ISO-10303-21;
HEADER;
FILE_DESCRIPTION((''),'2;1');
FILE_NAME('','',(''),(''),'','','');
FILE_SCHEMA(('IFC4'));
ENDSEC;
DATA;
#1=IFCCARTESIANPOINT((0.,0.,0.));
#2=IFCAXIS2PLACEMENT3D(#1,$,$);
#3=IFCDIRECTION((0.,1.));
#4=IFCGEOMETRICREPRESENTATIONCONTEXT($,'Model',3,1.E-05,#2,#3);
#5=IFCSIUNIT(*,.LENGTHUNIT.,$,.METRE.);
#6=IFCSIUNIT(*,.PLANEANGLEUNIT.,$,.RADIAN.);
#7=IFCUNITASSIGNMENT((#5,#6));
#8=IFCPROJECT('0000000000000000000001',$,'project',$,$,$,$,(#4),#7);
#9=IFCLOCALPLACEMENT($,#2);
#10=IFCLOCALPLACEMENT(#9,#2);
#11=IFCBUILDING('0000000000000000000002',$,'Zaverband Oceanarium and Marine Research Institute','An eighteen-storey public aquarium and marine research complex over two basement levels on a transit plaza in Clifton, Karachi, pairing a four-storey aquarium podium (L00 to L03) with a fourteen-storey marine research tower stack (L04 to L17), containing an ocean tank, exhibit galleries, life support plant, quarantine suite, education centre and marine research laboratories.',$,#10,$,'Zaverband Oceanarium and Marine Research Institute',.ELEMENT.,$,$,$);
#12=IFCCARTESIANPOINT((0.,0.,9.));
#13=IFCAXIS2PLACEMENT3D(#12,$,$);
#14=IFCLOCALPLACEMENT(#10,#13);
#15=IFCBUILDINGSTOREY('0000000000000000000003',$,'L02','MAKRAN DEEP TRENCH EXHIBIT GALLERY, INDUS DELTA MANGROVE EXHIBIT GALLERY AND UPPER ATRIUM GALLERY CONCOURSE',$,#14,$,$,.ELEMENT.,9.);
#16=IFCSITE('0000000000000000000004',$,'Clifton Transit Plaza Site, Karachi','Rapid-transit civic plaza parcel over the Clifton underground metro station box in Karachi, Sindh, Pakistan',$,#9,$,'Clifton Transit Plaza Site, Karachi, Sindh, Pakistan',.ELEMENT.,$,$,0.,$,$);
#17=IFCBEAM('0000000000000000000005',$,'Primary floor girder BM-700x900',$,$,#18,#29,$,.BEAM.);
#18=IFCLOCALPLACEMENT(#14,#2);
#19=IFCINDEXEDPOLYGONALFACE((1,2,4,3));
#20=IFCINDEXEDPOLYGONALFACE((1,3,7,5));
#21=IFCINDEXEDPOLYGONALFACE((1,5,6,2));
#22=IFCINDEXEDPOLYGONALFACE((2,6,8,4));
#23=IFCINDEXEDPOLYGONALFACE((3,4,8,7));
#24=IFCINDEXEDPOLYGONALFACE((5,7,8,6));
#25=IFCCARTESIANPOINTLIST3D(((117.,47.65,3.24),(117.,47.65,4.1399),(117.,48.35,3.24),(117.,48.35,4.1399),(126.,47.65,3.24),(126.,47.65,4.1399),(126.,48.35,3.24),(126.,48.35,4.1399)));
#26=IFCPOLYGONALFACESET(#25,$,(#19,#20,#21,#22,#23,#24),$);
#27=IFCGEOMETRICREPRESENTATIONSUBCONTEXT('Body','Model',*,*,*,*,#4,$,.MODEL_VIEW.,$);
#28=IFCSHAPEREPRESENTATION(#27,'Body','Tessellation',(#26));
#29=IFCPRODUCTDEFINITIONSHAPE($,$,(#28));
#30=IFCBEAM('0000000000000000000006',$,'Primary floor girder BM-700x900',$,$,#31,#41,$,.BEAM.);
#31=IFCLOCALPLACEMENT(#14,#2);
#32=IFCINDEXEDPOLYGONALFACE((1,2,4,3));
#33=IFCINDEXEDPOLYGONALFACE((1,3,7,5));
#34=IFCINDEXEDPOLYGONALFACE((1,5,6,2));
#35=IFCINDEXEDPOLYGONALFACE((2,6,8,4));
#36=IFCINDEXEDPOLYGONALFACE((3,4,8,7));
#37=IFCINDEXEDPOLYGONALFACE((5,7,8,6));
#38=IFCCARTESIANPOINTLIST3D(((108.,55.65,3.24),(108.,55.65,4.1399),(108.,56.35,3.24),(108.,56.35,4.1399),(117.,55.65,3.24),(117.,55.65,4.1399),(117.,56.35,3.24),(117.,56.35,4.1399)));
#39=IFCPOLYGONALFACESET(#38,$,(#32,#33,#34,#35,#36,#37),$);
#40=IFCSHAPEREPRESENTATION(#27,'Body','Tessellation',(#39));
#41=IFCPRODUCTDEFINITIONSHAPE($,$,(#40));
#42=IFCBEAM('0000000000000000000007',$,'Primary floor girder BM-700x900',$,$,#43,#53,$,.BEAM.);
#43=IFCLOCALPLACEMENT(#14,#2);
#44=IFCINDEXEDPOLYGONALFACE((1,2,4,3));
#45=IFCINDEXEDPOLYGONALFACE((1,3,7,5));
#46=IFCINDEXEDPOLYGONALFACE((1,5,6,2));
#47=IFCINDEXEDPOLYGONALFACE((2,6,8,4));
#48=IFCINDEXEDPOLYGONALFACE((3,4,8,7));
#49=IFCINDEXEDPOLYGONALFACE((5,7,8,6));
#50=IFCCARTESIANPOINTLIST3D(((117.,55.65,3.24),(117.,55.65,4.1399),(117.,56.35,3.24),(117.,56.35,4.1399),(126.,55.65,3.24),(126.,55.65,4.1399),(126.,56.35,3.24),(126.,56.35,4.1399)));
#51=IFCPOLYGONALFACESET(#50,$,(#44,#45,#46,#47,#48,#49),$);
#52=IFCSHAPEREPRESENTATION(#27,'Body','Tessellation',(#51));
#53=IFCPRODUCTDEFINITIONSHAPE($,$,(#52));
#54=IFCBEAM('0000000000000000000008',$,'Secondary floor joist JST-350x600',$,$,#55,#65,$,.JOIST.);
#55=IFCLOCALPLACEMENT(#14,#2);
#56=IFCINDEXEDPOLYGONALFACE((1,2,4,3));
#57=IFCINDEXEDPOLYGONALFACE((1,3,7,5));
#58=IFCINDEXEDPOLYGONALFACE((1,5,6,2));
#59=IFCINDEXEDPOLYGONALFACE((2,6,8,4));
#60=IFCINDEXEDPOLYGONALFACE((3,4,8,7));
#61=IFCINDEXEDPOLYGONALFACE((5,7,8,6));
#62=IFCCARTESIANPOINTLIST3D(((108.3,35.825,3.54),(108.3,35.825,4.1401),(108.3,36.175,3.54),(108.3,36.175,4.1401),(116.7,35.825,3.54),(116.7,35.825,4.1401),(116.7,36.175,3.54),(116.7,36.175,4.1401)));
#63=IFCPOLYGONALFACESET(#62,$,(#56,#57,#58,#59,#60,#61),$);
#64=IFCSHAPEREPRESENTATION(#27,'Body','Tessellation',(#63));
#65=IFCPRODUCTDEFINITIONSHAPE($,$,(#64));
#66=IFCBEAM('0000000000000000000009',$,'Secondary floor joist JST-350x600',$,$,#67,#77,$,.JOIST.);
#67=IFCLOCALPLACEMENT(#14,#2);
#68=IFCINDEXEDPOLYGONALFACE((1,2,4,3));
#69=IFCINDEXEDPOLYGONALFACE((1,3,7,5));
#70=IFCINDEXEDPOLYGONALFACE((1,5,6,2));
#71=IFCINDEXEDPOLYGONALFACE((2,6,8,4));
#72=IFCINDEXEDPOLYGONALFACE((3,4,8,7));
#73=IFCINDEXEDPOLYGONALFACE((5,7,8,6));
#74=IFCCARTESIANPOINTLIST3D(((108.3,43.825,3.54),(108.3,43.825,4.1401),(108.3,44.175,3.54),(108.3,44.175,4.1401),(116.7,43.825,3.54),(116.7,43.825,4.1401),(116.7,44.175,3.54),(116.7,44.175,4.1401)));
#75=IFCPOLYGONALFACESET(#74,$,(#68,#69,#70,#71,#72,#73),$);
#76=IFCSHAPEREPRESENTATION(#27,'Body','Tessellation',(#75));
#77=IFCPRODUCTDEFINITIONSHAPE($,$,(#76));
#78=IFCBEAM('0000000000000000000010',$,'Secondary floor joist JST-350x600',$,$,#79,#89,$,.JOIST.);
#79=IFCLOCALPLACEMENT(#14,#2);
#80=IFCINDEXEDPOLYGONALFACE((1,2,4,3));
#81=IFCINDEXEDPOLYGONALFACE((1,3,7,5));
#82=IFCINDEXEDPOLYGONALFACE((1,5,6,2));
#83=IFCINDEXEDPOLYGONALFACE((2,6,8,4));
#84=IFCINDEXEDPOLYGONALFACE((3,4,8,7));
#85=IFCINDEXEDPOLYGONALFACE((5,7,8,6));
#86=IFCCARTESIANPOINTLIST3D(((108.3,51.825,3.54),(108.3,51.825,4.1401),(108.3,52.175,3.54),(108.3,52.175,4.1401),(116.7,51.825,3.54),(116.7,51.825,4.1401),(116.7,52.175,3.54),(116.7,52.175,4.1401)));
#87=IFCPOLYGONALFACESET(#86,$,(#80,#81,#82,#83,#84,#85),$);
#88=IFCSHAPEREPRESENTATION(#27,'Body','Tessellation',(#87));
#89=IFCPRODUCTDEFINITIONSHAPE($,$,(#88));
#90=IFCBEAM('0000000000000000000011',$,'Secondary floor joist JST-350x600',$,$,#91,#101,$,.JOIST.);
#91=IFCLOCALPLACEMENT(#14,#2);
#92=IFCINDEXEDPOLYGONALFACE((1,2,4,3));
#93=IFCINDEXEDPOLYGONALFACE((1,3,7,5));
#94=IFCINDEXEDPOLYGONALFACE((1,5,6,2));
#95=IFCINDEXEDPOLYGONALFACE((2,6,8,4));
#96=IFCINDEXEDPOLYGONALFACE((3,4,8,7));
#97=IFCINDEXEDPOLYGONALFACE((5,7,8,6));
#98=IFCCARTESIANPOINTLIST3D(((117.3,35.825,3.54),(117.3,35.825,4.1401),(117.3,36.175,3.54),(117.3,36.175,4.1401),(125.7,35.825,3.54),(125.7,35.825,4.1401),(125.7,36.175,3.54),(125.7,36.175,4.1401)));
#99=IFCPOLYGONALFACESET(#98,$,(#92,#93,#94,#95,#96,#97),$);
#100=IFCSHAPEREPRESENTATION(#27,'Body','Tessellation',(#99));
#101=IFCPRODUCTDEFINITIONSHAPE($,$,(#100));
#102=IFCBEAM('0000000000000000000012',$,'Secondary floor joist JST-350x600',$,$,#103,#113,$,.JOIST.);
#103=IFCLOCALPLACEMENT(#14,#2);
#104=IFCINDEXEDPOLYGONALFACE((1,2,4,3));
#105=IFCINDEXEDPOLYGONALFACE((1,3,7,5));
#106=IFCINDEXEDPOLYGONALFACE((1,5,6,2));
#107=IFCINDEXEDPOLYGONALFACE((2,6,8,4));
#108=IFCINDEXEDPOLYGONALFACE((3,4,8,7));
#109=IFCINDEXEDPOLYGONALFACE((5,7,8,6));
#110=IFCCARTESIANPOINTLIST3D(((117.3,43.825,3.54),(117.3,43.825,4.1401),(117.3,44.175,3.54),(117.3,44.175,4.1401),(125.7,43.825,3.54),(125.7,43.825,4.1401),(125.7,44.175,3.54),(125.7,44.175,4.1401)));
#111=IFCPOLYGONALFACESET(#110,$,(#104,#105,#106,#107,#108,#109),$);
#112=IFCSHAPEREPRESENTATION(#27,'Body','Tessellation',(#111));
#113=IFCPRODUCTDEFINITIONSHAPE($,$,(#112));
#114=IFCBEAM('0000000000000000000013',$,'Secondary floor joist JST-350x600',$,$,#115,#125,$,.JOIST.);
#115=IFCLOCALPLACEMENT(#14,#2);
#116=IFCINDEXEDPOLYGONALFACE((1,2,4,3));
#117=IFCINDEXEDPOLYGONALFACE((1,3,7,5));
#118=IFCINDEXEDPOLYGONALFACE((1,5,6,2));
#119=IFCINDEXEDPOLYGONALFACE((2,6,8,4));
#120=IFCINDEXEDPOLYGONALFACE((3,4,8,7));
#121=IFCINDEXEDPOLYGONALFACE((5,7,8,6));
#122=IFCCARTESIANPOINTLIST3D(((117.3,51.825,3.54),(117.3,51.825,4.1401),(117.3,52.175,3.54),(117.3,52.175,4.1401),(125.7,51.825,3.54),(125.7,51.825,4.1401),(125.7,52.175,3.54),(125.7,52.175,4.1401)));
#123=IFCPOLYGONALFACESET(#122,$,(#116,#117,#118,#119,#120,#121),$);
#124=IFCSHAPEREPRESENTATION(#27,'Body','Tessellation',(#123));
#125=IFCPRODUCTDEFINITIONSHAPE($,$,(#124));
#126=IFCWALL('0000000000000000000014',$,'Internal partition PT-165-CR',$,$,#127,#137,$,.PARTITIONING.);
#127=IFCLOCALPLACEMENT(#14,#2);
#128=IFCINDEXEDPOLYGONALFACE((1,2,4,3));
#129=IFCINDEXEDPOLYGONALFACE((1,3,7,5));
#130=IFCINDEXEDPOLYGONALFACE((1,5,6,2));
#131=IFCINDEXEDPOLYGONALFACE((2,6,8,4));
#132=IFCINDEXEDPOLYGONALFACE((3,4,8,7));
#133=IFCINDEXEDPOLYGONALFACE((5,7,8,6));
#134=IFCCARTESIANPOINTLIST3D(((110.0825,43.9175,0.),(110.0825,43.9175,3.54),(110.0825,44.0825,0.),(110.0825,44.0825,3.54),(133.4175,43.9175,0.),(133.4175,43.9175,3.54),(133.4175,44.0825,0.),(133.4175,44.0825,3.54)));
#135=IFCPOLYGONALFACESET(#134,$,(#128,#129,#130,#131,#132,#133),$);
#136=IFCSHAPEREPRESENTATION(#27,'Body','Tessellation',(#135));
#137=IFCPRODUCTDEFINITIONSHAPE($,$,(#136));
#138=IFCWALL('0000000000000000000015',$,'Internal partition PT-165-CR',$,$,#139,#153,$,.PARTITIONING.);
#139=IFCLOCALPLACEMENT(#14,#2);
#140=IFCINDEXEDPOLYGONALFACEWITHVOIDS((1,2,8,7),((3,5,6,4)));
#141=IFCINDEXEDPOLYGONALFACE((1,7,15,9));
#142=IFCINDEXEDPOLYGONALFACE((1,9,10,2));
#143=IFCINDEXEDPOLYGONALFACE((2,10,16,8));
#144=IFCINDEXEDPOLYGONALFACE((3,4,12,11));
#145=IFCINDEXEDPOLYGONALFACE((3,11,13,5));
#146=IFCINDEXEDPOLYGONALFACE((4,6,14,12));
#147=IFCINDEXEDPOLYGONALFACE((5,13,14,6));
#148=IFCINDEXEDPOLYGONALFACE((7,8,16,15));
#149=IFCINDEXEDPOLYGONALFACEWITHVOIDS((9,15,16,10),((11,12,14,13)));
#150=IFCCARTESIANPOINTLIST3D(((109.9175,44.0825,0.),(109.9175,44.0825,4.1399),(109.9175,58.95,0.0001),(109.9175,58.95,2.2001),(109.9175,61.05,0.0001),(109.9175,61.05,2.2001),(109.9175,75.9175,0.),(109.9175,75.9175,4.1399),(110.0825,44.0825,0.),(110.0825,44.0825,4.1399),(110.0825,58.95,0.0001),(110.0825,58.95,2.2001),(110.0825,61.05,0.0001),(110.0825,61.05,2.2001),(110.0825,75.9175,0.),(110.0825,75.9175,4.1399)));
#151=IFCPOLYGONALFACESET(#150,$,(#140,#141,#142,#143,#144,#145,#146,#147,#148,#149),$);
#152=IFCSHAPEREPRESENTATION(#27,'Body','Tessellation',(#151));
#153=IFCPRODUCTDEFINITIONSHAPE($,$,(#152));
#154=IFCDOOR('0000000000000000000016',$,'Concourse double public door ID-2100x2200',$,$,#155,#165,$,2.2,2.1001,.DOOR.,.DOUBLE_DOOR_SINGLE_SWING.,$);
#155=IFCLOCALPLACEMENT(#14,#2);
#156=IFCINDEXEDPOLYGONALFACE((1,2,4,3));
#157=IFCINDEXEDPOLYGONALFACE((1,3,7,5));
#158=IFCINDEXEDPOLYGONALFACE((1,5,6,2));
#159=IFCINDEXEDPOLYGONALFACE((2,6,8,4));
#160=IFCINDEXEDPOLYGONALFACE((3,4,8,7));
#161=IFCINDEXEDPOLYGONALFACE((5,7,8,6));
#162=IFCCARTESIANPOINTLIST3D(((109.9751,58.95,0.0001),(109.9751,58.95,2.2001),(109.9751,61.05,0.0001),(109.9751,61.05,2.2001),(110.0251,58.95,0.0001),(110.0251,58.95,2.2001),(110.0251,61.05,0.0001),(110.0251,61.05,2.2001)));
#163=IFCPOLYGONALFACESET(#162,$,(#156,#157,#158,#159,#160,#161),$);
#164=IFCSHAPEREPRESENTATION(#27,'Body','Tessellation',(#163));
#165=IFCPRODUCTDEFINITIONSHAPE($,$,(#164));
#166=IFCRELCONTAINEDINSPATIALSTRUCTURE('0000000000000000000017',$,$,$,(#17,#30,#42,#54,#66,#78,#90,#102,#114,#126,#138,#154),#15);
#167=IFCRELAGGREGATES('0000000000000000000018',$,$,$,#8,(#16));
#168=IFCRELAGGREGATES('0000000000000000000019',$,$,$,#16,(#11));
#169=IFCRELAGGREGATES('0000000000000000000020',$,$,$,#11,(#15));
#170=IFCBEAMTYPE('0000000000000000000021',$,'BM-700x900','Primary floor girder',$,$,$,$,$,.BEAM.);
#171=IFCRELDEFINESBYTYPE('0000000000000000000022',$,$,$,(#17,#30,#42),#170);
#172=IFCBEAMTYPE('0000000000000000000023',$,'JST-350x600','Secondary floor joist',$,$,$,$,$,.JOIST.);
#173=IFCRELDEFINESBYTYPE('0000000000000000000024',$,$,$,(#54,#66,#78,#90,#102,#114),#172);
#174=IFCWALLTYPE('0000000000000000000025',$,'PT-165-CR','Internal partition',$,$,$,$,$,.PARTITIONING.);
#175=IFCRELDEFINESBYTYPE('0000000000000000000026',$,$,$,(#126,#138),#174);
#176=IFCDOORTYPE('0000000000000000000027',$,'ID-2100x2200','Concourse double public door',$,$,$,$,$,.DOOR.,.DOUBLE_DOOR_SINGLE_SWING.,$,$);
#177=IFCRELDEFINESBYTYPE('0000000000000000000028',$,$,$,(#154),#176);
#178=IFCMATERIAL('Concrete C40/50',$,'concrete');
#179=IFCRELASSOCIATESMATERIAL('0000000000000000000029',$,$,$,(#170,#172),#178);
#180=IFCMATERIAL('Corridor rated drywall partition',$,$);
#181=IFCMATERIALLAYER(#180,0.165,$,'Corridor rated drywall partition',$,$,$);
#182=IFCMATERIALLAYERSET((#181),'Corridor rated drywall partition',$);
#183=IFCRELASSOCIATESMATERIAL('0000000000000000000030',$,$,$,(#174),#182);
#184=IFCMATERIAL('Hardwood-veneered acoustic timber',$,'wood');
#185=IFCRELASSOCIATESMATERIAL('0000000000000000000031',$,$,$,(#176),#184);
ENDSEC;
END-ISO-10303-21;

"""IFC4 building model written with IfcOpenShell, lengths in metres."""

from ifc_helpers import new_model, si_unit, direction, frame, frame_2d, origin, origin_2d, place, context, subcontext, project, spatial, rectangle, extrude, material, layer, layer_set, material_profile, profile_set, type_object, element, fill, save


model = new_model("IFC4")

# Units and contexts
model_context = context("Model", 3, precision=1e-05, world=origin(), true_north=direction((0.0, 1.0)))
body_context = subcontext(model_context, "Body", "Model", "MODEL_VIEW")
ifc_project = project(units=[si_unit("LENGTHUNIT", "METRE"), si_unit("PLANEANGLEUNIT", "RADIAN")], contexts=[model_context])

# Site, building, storey
site_placement = place(None, origin())
site = spatial("IfcSite", under=ifc_project, at=site_placement, Name="Clifton Transit Plaza Site, Karachi", Description="Rapid-transit civic plaza parcel over the Clifton underground metro station box in Karachi, Sindh, Pakistan", LongName="Clifton Transit Plaza Site, Karachi, Sindh, Pakistan", CompositionType="ELEMENT", RefElevation=0.0)
building_placement = place(site_placement, origin())
building = spatial("IfcBuilding", under=site, at=building_placement, Name="Zaverband Oceanarium and Marine Research Institute", Description="An eighteen-storey public aquarium and marine research complex over two basement levels on a transit plaza in Clifton, Karachi, pairing a four-storey aquarium podium (L00 to L03) with a fourteen-storey marine research tower stack (L04 to L17), containing an ocean tank, exhibit galleries, life support plant, quarantine suite, education centre and marine research laboratories.", LongName="Zaverband Oceanarium and Marine Research Institute", CompositionType="ELEMENT")
storey_placement = place(building_placement, frame((0.0, 0.0, 9.0)))
storey = spatial("IfcBuildingStorey", under=building, at=storey_placement, Name="L02", Description="MAKRAN DEEP TRENCH EXHIBIT GALLERY, INDUS DELTA MANGROVE EXHIBIT GALLERY AND UPPER ATRIUM GALLERY CONCOURSE", CompositionType="ELEMENT", Elevation=9.0)

# Beams
ifc_material_1 = material(Name="Concrete C40/50", Category="concrete")
ifc_material_profile_1 = material_profile(ifc_material_1, rectangle(XDim=0.7, YDim=0.8999, at=origin_2d()), Name="RC700x900")
ifc_profile_set_1 = profile_set([ifc_material_profile_1], Name="Concrete C40/50")
beam_type_1 = type_object("IfcBeamType", Name="BM-700x900", Description="Primary floor girder", PredefinedType="BEAM", material=ifc_profile_set_1)
for number, where, z_axis, x_axis, name in (
    (1, (117.0, 48.0, 3.6899), (1.0, 0.0, 0.0), (0.0, 1.0, 0.0), "Primary floor girder BM-700x900"),
    (2, (108.0, 56.0, 3.6899), (1.0, 0.0, 0.0), (0.0, 1.0, 0.0), "Primary floor girder BM-700x900"),
    (3, (117.0, 56.0, 3.6899), (1.0, 0.0, 0.0), (0.0, 1.0, 0.0), "Primary floor girder BM-700x900"),
):
    element("IfcBeam", number, at=place(storey_placement, frame(where, z_axis=z_axis, x_axis=x_axis)), inside=storey, type_object=beam_type_1, Name=name, PredefinedType="BEAM", context=body_context, shape_type="SweptSolid", body=[
        extrude(rectangle(XDim=0.7, YDim=0.8999, at=origin_2d()), origin(), (0.0, 0.0, 1.0), 9.0),
    ])
ifc_material_profile_2 = material_profile(ifc_material_1, rectangle(XDim=0.3501, YDim=0.6001, at=origin_2d()), Name="RC350x600")
ifc_profile_set_2 = profile_set([ifc_material_profile_2], Name="Concrete C40/50")
beam_type_2 = type_object("IfcBeamType", Name="JST-350x600", Description="Secondary floor joist", PredefinedType="JOIST", material=ifc_profile_set_2)
for number, where, z_axis, x_axis, name in (
    (4, (108.3, 36.0, 3.8401), (1.0, 0.0, 0.0), (0.0, 1.0, 0.0), "Secondary floor joist JST-350x600"),
    (5, (108.3, 44.0, 3.8401), (1.0, 0.0, 0.0), (0.0, 1.0, 0.0), "Secondary floor joist JST-350x600"),
    (6, (108.3, 52.0, 3.8401), (1.0, 0.0, 0.0), (0.0, 1.0, 0.0), "Secondary floor joist JST-350x600"),
    (7, (117.3, 36.0, 3.8401), (1.0, 0.0, 0.0), (0.0, 1.0, 0.0), "Secondary floor joist JST-350x600"),
    (8, (117.3, 44.0, 3.8401), (1.0, 0.0, 0.0), (0.0, 1.0, 0.0), "Secondary floor joist JST-350x600"),
    (9, (117.3, 52.0, 3.8401), (1.0, 0.0, 0.0), (0.0, 1.0, 0.0), "Secondary floor joist JST-350x600"),
):
    element("IfcBeam", number, at=place(storey_placement, frame(where, z_axis=z_axis, x_axis=x_axis)), inside=storey, type_object=beam_type_2, Name=name, PredefinedType="JOIST", context=body_context, shape_type="SweptSolid", body=[
        extrude(rectangle(XDim=0.3501, YDim=0.6001, at=origin_2d()), origin(), (0.0, 0.0, 1.0), 8.3999),
    ])

# Wall
ifc_material_2 = material(Name="Corridor rated drywall partition")
ifc_layer = layer(ifc_material_2, 0.165, Name="Corridor rated drywall partition")
ifc_layer_set = layer_set([ifc_layer], Name="Corridor rated drywall partition")
wall_type = type_object("IfcWallType", Name="PT-165-CR", Description="Internal partition", PredefinedType="PARTITIONING", material=ifc_layer_set)
wall_1_placement = place(storey_placement, frame((110.0825, 44.0, 0.0), z_axis=(0.0, 0.0, 1.0), x_axis=(1.0, 0.0, 0.0)))
element("IfcWall", 10, at=wall_1_placement, inside=storey, type_object=wall_type, Name="Internal partition PT-165-CR", PredefinedType="PARTITIONING", context=body_context, shape_type="SweptSolid", body=[
    extrude(rectangle(XDim=23.335, YDim=0.165, at=frame_2d((11.6675, 0.0))), origin(), (0.0, 0.0, 1.0), 3.54),
])

# Wall, opening, door
wall_2_placement = place(storey_placement, frame((110.0, 44.0825, 0.0), z_axis=(0.0, 0.0, 1.0), x_axis=(0.0, 1.0, 0.0)))
wall_2 = element("IfcWall", 11, at=wall_2_placement, inside=storey, type_object=wall_type, Name="Internal partition PT-165-CR", PredefinedType="PARTITIONING", context=body_context, shape_type="SweptSolid", body=[
    extrude(rectangle(XDim=31.835, YDim=0.165, at=frame_2d((15.9175, 0.0))), origin(), (0.0, 0.0, 1.0), 4.1399),
])
opening_placement = place(wall_2_placement, frame((14.8674, 0.0, 0.0)))
opening = element("IfcOpeningElement", 12, at=opening_placement, cuts=wall_2, PredefinedType="OPENING", context=body_context, shape_type="SweptSolid", body=[
    extrude(rectangle(XDim=2.1001, YDim=2.2, at=frame_2d((1.05, 1.1001))), frame((0.0, 0.0945, 0.0), z_axis=(0.0, -1.0, 0.0), x_axis=(1.0, 0.0, 0.0)), (0.0, 0.0, 1.0), 0.189),
])
ifc_material_3 = material(Name="Hardwood-veneered acoustic timber", Category="wood")
door_type = type_object("IfcDoorType", Name="ID-2100x2200", Description="Concourse double public door", OperationType="DOUBLE_DOOR_SINGLE_SWING", PredefinedType="DOOR", material=ifc_material_3)
door_placement = place(opening_placement, origin())
door = element("IfcDoor", 13, at=door_placement, inside=storey, type_object=door_type, Name="Concourse double public door ID-2100x2200", OperationType="DOUBLE_DOOR_SINGLE_SWING", OverallHeight=2.2, OverallWidth=2.1001, PredefinedType="DOOR", context=body_context, shape_type="SweptSolid", body=[
    extrude(rectangle(XDim=2.1001, YDim=2.2, at=frame_2d((1.05, 1.1001))), frame((0.0, 0.0249, 0.0), z_axis=(0.0, -1.0, 0.0), x_axis=(1.0, 0.0, 0.0)), (0.0, 0.0, 1.0), 0.05),
])
fill(opening, door)

save(model, "model.ifc")
